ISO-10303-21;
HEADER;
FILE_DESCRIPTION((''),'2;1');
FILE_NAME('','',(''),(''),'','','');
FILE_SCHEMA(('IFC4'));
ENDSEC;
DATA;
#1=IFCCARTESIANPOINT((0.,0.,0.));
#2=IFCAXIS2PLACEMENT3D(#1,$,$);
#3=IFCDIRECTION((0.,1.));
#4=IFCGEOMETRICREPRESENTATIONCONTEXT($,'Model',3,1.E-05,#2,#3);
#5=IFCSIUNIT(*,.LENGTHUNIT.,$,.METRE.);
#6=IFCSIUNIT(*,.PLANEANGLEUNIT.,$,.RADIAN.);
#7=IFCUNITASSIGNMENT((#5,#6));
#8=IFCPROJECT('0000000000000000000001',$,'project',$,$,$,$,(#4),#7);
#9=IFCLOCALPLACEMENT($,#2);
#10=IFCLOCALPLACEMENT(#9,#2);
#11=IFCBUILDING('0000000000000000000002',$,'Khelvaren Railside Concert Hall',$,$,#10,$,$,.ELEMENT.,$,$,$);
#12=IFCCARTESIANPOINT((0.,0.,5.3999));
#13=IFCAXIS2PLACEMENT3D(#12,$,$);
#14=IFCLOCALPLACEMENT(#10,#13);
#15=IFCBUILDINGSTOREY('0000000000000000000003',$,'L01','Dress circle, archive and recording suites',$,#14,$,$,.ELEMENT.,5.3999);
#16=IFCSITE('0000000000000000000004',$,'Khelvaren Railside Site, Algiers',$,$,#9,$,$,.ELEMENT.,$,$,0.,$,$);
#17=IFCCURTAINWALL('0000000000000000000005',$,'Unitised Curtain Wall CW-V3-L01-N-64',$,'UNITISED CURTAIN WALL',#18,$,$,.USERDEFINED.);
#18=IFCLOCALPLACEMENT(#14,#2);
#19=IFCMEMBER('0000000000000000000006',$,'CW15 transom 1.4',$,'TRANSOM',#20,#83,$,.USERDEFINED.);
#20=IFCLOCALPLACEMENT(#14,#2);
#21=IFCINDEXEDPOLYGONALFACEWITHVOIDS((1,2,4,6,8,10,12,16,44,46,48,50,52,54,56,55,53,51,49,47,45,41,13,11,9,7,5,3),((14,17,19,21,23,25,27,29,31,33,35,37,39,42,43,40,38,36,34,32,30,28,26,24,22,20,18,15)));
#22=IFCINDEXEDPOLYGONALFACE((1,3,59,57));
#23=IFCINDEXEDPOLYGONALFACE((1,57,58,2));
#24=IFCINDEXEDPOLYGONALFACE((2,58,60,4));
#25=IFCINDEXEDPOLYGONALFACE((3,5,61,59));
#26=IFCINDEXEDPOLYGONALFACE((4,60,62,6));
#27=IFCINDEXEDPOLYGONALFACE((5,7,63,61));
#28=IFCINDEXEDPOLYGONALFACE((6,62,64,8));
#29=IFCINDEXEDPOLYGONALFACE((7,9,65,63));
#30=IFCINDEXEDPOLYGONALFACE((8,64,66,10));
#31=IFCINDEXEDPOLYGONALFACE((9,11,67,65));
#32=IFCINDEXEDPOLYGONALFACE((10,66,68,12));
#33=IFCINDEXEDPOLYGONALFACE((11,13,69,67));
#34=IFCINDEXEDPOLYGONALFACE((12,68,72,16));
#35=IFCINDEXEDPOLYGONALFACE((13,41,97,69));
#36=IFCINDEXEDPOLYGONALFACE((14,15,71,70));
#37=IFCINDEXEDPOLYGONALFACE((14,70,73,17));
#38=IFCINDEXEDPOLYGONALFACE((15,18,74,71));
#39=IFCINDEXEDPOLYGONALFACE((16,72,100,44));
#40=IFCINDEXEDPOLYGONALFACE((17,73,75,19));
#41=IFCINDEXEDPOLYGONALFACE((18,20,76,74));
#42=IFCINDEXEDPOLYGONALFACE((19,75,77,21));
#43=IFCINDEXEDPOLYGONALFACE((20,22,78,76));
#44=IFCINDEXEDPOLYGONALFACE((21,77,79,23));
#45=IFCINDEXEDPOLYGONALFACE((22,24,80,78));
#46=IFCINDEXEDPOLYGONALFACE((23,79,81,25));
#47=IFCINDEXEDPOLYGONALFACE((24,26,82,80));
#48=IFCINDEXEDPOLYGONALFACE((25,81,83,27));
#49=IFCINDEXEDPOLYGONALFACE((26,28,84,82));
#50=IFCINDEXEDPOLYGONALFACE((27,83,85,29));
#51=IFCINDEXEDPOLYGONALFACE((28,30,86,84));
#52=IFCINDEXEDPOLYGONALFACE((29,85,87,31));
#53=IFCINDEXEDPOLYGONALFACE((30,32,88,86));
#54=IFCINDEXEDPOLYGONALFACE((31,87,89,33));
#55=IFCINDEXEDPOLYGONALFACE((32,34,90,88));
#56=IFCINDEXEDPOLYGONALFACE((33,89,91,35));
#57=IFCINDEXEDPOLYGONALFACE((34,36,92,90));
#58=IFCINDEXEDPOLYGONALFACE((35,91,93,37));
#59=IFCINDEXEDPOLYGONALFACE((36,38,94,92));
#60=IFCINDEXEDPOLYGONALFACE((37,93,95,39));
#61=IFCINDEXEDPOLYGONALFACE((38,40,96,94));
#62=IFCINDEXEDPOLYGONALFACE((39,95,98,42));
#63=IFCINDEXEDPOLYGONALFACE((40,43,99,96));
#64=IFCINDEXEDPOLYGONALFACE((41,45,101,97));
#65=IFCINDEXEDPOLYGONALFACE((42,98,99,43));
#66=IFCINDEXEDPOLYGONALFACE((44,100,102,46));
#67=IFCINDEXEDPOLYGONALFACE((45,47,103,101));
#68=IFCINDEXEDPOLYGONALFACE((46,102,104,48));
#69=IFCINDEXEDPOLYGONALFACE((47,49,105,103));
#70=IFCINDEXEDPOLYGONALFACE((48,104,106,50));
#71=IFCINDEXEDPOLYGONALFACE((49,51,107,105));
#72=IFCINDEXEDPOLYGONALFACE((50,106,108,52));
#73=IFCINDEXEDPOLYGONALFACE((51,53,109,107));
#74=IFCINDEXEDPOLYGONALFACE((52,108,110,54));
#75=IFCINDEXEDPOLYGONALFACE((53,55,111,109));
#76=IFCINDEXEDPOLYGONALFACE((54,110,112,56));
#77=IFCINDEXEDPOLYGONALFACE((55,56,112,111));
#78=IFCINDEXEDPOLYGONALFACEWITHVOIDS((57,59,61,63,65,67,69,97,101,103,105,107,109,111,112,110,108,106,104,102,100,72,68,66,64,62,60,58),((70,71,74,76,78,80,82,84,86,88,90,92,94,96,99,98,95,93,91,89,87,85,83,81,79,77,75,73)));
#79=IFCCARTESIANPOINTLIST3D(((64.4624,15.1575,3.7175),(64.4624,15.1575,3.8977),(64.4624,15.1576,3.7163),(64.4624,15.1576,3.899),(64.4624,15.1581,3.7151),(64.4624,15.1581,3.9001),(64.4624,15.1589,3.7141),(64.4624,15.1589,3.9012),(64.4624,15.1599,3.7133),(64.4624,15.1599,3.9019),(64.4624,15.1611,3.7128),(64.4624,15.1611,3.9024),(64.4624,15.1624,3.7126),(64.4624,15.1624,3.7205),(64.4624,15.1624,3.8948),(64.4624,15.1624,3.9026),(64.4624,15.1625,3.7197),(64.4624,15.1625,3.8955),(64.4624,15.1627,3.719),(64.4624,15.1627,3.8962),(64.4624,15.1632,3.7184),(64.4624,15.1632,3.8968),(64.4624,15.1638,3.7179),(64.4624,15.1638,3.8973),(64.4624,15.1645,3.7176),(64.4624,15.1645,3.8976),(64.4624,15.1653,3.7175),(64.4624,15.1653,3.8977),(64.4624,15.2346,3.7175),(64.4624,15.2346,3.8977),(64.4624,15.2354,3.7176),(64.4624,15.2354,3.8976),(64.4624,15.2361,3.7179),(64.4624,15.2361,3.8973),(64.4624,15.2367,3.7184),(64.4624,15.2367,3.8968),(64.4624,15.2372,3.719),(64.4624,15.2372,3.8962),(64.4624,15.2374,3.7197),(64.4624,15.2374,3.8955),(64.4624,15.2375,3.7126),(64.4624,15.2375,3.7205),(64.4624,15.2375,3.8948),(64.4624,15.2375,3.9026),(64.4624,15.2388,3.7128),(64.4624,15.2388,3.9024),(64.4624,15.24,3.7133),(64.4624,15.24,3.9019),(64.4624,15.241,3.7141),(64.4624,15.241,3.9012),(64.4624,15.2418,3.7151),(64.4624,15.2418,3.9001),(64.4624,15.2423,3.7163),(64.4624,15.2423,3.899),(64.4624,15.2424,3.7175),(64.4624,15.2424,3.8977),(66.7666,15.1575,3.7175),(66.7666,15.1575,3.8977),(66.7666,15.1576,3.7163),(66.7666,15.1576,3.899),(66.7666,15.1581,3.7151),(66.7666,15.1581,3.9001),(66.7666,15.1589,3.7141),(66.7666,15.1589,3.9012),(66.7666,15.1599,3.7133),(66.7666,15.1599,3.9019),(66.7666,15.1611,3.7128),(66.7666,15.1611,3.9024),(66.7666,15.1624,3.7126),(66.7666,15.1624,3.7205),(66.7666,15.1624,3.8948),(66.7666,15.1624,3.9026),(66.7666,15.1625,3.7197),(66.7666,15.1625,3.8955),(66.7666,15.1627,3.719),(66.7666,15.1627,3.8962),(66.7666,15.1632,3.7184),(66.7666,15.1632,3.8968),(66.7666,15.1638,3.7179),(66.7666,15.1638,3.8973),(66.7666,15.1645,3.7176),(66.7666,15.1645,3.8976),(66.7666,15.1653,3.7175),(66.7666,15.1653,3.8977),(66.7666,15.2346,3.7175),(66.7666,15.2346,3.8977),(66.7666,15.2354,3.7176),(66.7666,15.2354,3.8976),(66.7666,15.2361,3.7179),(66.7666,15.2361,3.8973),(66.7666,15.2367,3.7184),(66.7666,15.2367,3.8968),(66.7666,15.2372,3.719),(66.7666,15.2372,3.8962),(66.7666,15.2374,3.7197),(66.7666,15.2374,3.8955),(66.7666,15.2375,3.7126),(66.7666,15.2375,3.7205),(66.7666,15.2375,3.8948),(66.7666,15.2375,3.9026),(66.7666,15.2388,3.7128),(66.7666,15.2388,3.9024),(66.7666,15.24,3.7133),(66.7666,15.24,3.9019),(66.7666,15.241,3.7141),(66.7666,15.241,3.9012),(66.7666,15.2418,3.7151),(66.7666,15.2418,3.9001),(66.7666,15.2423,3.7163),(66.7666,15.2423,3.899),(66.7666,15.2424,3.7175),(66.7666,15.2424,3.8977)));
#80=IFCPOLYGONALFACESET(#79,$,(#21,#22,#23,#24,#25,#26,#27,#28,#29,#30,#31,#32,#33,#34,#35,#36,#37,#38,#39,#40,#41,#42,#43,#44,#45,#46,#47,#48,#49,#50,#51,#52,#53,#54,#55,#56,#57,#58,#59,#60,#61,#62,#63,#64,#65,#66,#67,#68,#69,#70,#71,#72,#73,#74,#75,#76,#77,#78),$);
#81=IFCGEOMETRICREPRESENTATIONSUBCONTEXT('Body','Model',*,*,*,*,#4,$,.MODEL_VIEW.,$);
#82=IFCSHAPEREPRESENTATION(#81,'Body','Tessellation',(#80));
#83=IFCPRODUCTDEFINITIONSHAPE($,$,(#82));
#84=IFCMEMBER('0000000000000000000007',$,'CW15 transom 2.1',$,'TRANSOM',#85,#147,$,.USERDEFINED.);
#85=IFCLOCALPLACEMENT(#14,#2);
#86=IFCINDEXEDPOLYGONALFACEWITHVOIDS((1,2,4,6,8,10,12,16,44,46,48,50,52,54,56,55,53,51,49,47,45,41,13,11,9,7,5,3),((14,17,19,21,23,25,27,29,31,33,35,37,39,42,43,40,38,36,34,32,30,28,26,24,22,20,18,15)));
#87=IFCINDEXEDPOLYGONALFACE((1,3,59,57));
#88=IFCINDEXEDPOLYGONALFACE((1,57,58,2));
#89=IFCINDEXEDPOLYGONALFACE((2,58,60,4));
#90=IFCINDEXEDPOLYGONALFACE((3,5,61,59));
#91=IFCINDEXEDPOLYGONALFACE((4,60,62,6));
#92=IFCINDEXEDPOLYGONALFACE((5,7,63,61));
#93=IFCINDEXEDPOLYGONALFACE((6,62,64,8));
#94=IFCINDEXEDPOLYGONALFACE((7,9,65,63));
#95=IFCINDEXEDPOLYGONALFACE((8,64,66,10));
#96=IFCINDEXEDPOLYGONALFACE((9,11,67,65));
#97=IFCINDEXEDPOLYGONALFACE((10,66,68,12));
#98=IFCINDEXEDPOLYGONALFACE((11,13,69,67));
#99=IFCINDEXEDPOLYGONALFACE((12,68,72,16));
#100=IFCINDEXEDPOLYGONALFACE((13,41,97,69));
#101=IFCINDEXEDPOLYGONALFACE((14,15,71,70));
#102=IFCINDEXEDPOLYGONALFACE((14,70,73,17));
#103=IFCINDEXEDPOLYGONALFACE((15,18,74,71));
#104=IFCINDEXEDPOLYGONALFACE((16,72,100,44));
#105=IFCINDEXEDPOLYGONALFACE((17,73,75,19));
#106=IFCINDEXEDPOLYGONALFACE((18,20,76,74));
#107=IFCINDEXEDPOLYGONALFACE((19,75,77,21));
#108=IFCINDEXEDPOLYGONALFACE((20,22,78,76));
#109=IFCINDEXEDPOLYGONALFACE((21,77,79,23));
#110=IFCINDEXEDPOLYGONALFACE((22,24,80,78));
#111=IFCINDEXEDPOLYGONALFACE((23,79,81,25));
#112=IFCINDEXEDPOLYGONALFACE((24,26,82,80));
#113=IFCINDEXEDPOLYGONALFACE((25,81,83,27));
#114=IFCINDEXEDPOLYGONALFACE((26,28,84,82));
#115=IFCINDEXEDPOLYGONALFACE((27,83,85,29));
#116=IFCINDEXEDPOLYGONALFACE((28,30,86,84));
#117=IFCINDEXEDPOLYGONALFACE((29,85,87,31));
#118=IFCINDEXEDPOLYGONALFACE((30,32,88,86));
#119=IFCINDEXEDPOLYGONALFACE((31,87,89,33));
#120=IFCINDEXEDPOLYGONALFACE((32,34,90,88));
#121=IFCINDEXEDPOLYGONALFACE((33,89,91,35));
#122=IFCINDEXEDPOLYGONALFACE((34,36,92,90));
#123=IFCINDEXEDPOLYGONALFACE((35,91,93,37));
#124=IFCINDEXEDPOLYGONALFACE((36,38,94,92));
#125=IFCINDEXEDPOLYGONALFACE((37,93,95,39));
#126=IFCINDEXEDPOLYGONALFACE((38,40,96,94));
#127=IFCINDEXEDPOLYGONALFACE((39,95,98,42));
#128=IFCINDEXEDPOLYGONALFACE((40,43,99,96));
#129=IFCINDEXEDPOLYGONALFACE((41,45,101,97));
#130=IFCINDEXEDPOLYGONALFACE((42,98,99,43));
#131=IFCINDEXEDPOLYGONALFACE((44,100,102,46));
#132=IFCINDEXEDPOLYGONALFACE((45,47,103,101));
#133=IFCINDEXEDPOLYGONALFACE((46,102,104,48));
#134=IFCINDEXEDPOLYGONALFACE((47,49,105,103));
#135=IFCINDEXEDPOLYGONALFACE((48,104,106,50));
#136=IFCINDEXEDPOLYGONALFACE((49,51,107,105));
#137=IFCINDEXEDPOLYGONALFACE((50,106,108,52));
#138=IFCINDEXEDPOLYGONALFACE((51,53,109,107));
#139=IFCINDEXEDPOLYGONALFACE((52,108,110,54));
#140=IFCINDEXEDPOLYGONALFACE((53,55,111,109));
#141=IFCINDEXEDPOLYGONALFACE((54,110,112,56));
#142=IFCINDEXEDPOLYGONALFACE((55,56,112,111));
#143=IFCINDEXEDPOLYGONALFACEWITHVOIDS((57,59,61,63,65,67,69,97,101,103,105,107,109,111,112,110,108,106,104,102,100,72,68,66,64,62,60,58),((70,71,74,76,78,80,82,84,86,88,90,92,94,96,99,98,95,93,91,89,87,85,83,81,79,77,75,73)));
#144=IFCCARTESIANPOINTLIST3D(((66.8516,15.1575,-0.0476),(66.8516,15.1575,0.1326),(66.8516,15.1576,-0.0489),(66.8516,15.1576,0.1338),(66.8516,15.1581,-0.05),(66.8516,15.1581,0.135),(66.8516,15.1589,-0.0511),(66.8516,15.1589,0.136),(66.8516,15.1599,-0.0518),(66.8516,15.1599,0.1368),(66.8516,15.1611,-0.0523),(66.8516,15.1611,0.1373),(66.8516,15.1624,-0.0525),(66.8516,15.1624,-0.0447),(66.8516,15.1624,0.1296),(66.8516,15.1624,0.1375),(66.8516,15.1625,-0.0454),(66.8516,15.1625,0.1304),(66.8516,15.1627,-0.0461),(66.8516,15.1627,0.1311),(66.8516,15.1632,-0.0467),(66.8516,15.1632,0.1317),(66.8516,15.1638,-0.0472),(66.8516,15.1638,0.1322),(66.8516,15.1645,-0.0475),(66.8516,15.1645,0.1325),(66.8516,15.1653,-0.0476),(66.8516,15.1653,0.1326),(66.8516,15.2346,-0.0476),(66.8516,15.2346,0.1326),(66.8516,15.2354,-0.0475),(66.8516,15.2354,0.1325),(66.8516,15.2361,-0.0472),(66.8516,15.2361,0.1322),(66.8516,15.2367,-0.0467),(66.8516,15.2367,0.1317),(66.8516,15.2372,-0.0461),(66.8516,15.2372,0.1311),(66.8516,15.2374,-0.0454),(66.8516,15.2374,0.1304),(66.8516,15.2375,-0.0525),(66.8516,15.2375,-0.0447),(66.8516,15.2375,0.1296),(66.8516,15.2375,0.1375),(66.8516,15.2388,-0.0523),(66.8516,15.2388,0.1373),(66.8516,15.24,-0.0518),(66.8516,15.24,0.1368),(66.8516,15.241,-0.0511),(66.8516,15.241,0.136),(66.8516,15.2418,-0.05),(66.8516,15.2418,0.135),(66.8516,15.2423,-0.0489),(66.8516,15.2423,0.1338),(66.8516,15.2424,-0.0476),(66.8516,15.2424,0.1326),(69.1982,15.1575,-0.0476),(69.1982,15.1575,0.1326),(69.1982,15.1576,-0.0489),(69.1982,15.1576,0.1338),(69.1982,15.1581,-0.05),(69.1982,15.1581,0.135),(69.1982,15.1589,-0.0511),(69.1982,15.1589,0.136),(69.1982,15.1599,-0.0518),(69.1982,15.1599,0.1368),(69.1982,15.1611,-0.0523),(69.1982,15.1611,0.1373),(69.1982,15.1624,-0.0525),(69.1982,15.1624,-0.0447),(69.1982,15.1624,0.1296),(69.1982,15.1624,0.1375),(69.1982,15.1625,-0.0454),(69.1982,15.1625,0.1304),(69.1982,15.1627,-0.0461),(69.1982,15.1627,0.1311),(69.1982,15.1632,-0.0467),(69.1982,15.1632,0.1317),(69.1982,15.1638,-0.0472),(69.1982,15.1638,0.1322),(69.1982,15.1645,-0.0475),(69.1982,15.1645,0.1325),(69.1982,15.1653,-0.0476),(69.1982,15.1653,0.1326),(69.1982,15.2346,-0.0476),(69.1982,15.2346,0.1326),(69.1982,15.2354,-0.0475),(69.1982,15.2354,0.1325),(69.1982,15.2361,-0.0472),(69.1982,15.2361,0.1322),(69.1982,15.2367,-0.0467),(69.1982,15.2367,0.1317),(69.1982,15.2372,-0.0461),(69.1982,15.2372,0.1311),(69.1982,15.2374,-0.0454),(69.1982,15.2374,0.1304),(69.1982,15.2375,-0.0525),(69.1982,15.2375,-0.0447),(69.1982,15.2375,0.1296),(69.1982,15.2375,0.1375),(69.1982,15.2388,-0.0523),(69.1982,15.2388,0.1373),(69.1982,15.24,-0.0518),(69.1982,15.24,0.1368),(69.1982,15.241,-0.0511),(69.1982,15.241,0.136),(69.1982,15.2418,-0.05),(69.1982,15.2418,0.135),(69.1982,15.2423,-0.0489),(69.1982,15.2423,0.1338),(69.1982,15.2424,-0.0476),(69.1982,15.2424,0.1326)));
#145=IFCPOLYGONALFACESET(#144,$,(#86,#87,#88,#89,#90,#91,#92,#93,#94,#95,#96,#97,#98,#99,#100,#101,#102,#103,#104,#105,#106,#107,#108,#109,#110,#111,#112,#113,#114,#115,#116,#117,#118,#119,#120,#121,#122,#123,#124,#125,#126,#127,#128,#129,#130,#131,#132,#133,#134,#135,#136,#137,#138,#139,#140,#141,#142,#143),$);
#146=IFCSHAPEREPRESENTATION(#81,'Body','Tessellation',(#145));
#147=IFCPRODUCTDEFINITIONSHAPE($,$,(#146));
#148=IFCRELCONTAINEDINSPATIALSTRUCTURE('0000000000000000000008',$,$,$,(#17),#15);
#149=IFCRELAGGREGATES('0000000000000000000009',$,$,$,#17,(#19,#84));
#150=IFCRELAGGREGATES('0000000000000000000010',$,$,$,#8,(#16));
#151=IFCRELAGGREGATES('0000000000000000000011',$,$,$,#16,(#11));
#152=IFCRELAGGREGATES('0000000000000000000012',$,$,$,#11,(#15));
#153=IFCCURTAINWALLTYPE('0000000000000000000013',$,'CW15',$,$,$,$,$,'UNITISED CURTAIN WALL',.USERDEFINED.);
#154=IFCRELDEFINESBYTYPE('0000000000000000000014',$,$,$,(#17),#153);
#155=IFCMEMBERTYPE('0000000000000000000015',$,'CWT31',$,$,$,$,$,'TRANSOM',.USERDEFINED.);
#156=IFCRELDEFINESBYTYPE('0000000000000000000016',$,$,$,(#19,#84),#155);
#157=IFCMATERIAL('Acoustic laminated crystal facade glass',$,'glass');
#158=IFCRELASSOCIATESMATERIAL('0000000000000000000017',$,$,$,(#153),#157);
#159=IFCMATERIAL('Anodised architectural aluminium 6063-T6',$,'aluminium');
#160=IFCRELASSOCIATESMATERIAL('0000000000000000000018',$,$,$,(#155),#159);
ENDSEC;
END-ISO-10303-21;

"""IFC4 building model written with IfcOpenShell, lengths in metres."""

from ifc_helpers import new_model, si_unit, direction, frame, origin, origin_2d, place, context, subcontext, project, spatial, hollow_rectangle, extrude, material, material_profile, profile_set, type_object, element, aggregate, save


model = new_model("IFC4")

# Units and contexts
model_context = context("Model", 3, precision=1e-05, world=origin(), true_north=direction((0.0, 1.0)))
body_context = subcontext(model_context, "Body", "Model", "MODEL_VIEW")
ifc_project = project(units=[si_unit("LENGTHUNIT", "METRE"), si_unit("PLANEANGLEUNIT", "RADIAN")], contexts=[model_context])

# Site, building, storey
site_placement = place(None, origin())
site = spatial("IfcSite", under=ifc_project, at=site_placement, Name="Khelvaren Railside Site, Algiers", CompositionType="ELEMENT", RefElevation=0.0)
building_placement = place(site_placement, origin())
building = spatial("IfcBuilding", under=site, at=building_placement, Name="Khelvaren Railside Concert Hall", CompositionType="ELEMENT")
storey_placement = place(building_placement, frame((0.0, 0.0, 5.3999)))
storey = spatial("IfcBuildingStorey", under=building, at=storey_placement, Name="L01", Description="Dress circle, archive and recording suites", CompositionType="ELEMENT", Elevation=5.3999)

# Curtain wall, members
ifc_material_1 = material(Name="Acoustic laminated crystal facade glass", Category="glass")
curtain_wall_type = type_object("IfcCurtainWallType", Name="CW15", ElementType="UNITISED CURTAIN WALL", PredefinedType="USERDEFINED", material=ifc_material_1)
curtain_wall_placement = place(storey_placement, origin())
curtain_wall = element("IfcCurtainWall", 1, at=curtain_wall_placement, inside=storey, type_object=curtain_wall_type, Name="Unitised Curtain Wall CW-V3-L01-N-64", ObjectType="UNITISED CURTAIN WALL", PredefinedType="USERDEFINED")
ifc_material_2 = material(Name="Anodised architectural aluminium 6063-T6", Category="aluminium")
ifc_material_profile_1 = material_profile(ifc_material_2, hollow_rectangle(XDim=0.085, YDim=0.1899, WallThickness=0.0049, InnerFilletRadius=0.0029, OuterFilletRadius=0.0049, at=origin_2d()), Name="CWT 85x190x5")
ifc_profile_set_1 = profile_set([ifc_material_profile_1], Name="Anodised architectural aluminium 6063-T6")
member_type_1 = type_object("IfcMemberType", Name="CWT31", ElementType="TRANSOM", PredefinedType="USERDEFINED", material=ifc_profile_set_1)
member_1_placement = place(storey_placement, frame((64.4624, 15.2, 3.8076), z_axis=(1.0, 0.0, 0.0), x_axis=(0.0, 1.0, 0.0)))
member_1 = element("IfcMember", 2, at=member_1_placement, type_object=member_type_1, Name="CW15 transom 1.4", ObjectType="TRANSOM", PredefinedType="USERDEFINED", context=body_context, shape_type="SweptSolid", body=[
    extrude(hollow_rectangle(XDim=0.085, YDim=0.1899, WallThickness=0.0049, InnerFilletRadius=0.0029, OuterFilletRadius=0.0049, at=origin_2d()), origin(), (0.0, 0.0, 1.0), 2.3042),
])
member_2_placement = place(storey_placement, frame((66.8516, 15.2, 0.0425), z_axis=(1.0, 0.0, 0.0), x_axis=(0.0, 1.0, 0.0)))
member_2 = element("IfcMember", 3, at=member_2_placement, type_object=member_type_1, Name="CW15 transom 2.1", ObjectType="TRANSOM", PredefinedType="USERDEFINED", context=body_context, shape_type="SweptSolid", body=[
    extrude(hollow_rectangle(XDim=0.085, YDim=0.1899, WallThickness=0.0049, InnerFilletRadius=0.0029, OuterFilletRadius=0.0049, at=origin_2d()), origin(), (0.0, 0.0, 1.0), 2.3467),
])

aggregate(curtain_wall, [member_1, member_2])

save(model, "model.ifc")
